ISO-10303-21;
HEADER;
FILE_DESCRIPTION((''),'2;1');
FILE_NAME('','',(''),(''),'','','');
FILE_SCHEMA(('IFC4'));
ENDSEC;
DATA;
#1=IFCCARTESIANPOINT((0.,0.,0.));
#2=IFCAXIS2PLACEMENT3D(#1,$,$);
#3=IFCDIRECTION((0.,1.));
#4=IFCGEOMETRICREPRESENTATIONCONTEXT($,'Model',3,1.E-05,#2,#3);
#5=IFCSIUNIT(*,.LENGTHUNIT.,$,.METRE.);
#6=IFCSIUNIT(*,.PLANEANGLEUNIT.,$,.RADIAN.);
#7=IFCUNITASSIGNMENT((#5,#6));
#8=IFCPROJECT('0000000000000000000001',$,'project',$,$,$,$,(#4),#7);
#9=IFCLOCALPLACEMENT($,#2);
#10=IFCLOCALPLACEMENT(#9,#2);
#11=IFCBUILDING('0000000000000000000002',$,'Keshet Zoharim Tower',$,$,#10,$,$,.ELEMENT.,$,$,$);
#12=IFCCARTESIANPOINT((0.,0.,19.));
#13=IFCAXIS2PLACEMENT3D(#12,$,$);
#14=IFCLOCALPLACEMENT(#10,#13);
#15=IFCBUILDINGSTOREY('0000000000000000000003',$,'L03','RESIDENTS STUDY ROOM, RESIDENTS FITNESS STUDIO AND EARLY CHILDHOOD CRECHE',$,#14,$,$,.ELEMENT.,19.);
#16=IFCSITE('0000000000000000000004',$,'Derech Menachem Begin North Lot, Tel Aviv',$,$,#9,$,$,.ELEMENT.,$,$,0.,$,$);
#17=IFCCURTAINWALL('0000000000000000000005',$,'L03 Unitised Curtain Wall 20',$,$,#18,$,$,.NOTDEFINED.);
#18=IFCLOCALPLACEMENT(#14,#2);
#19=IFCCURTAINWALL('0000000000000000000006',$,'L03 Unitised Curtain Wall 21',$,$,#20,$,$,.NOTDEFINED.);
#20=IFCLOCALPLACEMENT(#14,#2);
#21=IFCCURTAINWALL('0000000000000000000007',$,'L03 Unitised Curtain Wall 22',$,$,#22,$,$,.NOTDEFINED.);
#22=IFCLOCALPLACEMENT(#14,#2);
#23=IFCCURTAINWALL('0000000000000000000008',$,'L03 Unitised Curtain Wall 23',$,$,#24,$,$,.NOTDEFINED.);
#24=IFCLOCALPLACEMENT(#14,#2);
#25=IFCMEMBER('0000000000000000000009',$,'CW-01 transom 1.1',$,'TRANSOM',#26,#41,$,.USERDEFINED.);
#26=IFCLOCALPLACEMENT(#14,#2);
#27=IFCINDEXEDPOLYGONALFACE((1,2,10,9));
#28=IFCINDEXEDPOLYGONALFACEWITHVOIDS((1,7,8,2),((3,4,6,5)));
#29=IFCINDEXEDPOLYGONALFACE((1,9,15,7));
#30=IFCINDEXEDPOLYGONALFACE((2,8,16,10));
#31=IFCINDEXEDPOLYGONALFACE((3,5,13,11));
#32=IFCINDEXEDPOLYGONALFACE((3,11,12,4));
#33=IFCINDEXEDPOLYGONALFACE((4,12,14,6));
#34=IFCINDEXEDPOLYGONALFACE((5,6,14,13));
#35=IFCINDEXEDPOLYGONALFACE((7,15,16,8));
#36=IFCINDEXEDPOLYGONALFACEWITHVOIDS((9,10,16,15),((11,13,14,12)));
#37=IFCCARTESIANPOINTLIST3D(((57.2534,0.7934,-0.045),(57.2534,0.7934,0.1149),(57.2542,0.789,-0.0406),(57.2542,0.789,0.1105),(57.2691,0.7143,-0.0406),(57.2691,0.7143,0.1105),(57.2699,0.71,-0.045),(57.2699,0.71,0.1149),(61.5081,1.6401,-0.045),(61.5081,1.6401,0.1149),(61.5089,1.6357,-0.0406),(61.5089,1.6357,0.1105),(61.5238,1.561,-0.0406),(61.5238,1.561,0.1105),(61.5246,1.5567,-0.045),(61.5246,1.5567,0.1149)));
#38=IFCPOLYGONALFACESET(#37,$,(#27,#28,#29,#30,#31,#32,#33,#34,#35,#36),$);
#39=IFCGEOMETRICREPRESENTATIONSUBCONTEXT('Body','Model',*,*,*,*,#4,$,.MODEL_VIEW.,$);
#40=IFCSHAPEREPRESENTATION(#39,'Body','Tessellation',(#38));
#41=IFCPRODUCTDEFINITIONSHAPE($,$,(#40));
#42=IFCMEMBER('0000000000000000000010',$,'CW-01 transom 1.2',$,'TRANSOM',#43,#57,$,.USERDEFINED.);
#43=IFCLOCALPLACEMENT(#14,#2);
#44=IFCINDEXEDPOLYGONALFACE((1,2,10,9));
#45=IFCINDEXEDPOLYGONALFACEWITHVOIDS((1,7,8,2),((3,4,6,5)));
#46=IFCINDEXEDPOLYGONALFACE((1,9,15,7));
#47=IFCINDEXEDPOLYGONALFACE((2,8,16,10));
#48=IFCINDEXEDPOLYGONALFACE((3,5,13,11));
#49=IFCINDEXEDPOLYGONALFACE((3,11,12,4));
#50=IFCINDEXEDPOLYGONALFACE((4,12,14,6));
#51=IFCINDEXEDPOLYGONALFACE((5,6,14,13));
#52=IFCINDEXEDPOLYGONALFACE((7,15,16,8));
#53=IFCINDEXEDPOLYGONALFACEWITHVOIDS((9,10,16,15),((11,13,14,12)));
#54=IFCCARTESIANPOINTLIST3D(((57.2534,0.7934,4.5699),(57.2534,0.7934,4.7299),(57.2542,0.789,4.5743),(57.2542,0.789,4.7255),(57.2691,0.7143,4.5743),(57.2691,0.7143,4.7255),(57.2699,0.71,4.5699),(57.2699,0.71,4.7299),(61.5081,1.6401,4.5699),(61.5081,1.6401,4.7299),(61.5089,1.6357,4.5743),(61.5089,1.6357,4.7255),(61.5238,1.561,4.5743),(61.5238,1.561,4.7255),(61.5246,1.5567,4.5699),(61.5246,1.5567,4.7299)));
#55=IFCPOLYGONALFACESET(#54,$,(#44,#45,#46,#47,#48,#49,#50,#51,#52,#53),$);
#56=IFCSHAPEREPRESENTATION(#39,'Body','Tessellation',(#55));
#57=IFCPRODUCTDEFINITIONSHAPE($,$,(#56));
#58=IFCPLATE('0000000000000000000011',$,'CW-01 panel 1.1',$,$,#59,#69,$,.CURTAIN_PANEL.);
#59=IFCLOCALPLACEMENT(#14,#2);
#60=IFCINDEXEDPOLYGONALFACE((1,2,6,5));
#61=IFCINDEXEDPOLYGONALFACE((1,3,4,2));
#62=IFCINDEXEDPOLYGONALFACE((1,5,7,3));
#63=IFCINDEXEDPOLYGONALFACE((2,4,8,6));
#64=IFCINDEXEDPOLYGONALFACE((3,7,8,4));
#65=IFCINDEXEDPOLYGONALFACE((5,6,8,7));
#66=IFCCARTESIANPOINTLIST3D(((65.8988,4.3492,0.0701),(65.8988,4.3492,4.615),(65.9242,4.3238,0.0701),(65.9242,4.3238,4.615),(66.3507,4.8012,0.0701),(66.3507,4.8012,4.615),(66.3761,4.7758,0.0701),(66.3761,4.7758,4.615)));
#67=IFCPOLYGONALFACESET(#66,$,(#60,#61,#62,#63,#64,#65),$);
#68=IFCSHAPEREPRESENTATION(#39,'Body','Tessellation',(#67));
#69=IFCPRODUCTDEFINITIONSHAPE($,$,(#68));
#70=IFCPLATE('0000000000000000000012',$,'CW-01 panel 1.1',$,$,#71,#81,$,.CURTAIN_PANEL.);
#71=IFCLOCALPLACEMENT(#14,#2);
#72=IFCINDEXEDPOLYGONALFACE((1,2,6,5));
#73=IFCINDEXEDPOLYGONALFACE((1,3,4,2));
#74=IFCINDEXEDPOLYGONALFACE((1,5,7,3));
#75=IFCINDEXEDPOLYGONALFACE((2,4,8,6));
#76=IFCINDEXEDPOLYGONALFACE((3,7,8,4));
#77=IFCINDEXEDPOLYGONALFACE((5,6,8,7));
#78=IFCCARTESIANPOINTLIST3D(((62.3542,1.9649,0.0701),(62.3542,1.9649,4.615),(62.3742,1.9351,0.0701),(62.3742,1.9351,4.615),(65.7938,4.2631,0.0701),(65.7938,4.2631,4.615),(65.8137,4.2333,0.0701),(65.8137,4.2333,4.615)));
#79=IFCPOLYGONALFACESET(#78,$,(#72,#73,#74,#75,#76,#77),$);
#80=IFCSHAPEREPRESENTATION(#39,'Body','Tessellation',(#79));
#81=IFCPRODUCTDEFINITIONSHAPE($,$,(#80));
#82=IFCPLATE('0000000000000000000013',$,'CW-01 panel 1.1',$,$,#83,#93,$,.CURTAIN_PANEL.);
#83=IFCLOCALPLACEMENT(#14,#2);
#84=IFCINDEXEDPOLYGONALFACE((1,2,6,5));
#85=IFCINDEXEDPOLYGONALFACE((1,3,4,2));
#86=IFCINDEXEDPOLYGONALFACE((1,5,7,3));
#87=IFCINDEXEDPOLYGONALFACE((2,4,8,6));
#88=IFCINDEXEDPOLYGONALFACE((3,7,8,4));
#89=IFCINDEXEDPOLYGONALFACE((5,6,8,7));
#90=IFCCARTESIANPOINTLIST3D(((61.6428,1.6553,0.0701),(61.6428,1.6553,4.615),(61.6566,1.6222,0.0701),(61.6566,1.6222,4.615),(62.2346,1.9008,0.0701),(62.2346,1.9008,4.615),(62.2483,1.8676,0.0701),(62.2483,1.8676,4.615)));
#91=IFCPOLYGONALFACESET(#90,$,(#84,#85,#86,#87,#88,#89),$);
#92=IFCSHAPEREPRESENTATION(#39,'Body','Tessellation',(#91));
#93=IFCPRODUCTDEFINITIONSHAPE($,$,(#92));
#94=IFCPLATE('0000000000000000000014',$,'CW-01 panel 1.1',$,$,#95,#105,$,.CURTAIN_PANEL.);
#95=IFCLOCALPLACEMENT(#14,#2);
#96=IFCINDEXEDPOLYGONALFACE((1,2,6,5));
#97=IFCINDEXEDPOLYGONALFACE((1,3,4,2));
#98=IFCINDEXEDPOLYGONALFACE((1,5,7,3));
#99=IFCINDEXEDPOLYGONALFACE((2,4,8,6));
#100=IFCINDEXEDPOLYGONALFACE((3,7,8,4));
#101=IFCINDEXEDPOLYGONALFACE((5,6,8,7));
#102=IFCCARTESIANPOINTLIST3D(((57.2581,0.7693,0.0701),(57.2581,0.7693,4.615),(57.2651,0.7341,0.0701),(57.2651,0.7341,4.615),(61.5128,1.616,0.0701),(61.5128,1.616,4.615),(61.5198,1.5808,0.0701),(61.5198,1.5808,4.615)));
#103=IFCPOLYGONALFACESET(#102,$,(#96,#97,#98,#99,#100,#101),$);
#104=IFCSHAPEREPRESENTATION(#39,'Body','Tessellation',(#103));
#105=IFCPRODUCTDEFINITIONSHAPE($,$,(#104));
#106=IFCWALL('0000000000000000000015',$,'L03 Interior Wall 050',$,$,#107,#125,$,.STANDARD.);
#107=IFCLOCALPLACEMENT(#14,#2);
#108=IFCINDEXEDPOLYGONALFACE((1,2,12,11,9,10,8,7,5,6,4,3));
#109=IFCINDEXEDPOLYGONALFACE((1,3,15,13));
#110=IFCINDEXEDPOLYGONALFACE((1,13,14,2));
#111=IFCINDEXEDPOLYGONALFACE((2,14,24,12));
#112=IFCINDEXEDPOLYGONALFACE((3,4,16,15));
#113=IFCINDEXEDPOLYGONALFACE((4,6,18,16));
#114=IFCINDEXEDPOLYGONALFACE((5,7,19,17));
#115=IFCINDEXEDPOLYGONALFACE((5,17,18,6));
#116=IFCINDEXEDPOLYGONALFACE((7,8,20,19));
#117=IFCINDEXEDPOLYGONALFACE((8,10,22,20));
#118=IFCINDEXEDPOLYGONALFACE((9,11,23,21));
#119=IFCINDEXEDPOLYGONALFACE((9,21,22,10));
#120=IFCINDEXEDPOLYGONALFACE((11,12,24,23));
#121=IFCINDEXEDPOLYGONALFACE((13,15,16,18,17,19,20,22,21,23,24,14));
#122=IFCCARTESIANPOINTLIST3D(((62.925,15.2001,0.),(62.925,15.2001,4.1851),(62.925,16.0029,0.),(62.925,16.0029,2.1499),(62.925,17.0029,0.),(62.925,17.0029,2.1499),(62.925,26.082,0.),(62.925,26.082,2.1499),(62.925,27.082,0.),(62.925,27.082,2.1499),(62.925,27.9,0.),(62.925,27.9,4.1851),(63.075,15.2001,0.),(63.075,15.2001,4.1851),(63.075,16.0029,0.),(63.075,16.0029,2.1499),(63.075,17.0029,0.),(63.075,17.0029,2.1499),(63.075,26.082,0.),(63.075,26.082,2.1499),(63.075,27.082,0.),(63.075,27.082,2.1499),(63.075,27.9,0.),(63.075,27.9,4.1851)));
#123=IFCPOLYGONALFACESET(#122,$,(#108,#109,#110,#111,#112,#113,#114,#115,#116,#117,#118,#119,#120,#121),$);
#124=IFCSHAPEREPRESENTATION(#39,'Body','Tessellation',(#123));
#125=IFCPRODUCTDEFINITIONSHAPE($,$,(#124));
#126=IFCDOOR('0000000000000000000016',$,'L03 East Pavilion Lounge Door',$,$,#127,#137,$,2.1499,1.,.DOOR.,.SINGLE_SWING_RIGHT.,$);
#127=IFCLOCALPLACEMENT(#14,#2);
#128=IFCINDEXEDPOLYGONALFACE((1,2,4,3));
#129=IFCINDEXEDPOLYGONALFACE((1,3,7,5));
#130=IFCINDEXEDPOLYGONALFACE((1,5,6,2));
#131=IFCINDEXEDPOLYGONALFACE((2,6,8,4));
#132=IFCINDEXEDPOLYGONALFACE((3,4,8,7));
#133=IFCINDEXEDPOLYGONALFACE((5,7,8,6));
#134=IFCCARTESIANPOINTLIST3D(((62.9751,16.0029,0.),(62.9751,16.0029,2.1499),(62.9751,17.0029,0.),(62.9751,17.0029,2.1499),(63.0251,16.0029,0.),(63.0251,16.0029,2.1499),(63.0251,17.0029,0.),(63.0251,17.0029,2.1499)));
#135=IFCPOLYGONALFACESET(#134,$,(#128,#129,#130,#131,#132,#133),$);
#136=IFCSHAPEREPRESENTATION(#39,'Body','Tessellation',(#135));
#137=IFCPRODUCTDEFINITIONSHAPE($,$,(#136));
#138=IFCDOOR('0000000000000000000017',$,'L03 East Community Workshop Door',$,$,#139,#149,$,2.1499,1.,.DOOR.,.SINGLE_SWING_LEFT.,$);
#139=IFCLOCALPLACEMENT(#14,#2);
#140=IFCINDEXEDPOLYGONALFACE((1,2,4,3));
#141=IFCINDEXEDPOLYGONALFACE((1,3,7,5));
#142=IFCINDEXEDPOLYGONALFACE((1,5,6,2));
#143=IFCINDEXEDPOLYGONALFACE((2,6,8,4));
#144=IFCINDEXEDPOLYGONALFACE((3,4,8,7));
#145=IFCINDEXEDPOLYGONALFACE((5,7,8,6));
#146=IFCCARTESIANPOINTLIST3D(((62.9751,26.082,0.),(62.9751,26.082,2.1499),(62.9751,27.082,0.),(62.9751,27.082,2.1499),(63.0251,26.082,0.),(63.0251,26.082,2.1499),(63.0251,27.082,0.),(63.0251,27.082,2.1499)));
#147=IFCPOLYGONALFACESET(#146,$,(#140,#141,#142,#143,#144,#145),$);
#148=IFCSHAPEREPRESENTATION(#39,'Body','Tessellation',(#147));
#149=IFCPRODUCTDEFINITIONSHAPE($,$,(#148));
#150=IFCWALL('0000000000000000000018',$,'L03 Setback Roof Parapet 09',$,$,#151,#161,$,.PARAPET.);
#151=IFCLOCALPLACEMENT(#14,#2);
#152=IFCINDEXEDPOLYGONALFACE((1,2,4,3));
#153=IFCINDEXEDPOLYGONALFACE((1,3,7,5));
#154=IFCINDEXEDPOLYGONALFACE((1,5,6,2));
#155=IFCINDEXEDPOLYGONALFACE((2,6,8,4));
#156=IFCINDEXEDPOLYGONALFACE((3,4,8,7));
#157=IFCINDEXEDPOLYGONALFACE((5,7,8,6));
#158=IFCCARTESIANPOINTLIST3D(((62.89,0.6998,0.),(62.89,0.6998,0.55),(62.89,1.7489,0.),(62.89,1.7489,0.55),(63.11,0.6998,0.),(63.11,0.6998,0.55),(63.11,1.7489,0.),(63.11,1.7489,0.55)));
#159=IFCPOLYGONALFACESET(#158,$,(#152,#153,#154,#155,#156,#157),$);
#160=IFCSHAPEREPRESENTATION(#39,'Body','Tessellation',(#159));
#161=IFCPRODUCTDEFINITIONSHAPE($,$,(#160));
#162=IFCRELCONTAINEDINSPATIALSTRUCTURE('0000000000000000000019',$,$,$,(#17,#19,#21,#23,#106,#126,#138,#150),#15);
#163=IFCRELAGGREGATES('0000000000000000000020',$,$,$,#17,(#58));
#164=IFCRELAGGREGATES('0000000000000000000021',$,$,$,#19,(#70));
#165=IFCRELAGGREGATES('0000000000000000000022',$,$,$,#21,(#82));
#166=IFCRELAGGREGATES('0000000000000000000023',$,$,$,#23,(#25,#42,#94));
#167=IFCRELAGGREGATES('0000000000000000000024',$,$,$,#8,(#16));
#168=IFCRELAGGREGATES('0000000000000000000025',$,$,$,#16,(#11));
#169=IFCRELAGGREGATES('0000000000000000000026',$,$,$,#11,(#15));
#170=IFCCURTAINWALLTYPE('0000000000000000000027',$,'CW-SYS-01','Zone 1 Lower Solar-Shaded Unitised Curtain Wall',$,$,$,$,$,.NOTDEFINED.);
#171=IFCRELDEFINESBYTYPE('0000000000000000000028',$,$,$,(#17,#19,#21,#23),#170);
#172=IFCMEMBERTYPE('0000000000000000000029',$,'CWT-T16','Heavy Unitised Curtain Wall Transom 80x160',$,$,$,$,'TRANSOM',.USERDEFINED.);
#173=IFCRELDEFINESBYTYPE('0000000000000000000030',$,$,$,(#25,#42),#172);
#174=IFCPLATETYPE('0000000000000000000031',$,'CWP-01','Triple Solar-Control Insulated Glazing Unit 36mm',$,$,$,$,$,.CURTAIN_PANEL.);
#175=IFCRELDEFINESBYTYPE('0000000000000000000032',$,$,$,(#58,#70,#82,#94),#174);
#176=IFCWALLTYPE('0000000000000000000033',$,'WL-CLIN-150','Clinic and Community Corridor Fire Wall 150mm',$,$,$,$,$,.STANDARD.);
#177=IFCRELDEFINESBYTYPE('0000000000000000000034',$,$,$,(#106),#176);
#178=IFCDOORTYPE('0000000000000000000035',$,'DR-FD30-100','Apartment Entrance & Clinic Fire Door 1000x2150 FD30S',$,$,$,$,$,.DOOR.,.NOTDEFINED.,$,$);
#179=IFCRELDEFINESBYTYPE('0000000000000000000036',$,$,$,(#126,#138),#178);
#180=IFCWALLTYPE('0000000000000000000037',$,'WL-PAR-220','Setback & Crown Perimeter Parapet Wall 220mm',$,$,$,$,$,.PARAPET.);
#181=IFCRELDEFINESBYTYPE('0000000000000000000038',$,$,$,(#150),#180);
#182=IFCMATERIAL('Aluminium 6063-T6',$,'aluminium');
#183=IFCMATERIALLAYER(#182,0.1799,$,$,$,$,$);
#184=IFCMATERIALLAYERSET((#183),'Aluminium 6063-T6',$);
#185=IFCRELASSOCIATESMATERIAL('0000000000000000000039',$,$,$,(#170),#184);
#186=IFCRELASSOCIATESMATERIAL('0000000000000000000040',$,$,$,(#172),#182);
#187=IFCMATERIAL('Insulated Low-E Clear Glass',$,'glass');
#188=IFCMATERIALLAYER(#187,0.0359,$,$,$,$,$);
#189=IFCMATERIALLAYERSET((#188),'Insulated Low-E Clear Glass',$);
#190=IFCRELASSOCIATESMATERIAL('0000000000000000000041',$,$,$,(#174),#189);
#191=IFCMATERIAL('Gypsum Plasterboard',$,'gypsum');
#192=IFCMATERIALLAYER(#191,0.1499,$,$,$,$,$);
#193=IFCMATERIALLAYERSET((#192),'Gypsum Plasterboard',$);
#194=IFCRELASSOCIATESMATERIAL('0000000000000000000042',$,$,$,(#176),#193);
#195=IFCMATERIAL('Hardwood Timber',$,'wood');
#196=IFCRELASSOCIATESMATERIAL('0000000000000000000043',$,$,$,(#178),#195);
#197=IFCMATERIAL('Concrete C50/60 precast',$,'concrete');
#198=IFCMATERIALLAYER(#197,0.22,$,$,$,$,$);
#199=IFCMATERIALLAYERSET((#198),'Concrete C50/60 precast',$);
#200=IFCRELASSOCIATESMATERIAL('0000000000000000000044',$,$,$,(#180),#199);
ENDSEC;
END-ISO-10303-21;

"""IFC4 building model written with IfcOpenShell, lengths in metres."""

from ifc_helpers import new_model, si_unit, direction, frame, frame_2d, origin, origin_2d, place, context, subcontext, project, spatial, rectangle, hollow_rectangle, extrude, material, layer, layer_set, material_profile, profile_set, type_object, element, fill, aggregate, save


model = new_model("IFC4")

# Units and contexts
model_context = context("Model", 3, precision=1e-05, world=origin(), true_north=direction((0.0, 1.0)))
body_context = subcontext(model_context, "Body", "Model", "MODEL_VIEW")
ifc_project = project(units=[si_unit("LENGTHUNIT", "METRE"), si_unit("PLANEANGLEUNIT", "RADIAN")], contexts=[model_context])

# Site, building, storey
site_placement = place(None, origin())
site = spatial("IfcSite", under=ifc_project, at=site_placement, Name="Derech Menachem Begin North Lot, Tel Aviv", CompositionType="ELEMENT", RefElevation=0.0)
building_placement = place(site_placement, origin())
building = spatial("IfcBuilding", under=site, at=building_placement, Name="Keshet Zoharim Tower", CompositionType="ELEMENT")
storey_placement = place(building_placement, frame((0.0, 0.0, 19.0)))
storey = spatial("IfcBuildingStorey", under=building, at=storey_placement, Name="L03", Description="RESIDENTS STUDY ROOM, RESIDENTS FITNESS STUDIO AND EARLY CHILDHOOD CRECHE", CompositionType="ELEMENT", Elevation=19.0)

# Curtain wall
ifc_material_1 = material(Name="Aluminium 6063-T6", Category="aluminium")
ifc_layer_1 = layer(ifc_material_1, 0.1799)
ifc_layer_set_1 = layer_set([ifc_layer_1], Name="Aluminium 6063-T6")
curtain_wall_type = type_object("IfcCurtainWallType", Name="CW-SYS-01", Description="Zone 1 Lower Solar-Shaded Unitised Curtain Wall", PredefinedType="NOTDEFINED", material=ifc_layer_set_1)
curtain_wall_1_placement = place(storey_placement, origin())
curtain_wall_1 = element("IfcCurtainWall", 1, at=curtain_wall_1_placement, inside=storey, type_object=curtain_wall_type, Name="L03 Unitised Curtain Wall 20", PredefinedType="NOTDEFINED")

# Curtain walls
curtain_wall_2_placement = place(storey_placement, origin())
curtain_wall_2 = element("IfcCurtainWall", 2, at=curtain_wall_2_placement, inside=storey, type_object=curtain_wall_type, Name="L03 Unitised Curtain Wall 21", PredefinedType="NOTDEFINED")
curtain_wall_3_placement = place(storey_placement, origin())
curtain_wall_3 = element("IfcCurtainWall", 3, at=curtain_wall_3_placement, inside=storey, type_object=curtain_wall_type, Name="L03 Unitised Curtain Wall 22", PredefinedType="NOTDEFINED")

# Curtain wall
curtain_wall_4_placement = place(storey_placement, origin())
curtain_wall_4 = element("IfcCurtainWall", 4, at=curtain_wall_4_placement, inside=storey, type_object=curtain_wall_type, Name="L03 Unitised Curtain Wall 23", PredefinedType="NOTDEFINED")

# Members
ifc_material_profile_1 = material_profile(ifc_material_1, hollow_rectangle(XDim=0.085, YDim=0.1599, WallThickness=0.0044, at=origin_2d()), Name="TRN-85x160")
ifc_profile_set_1 = profile_set([ifc_material_profile_1], Name="Aluminium 6063-T6")
member_type_1 = type_object("IfcMemberType", Name="CWT-T16", Description="Heavy Unitised Curtain Wall Transom 80x160", ElementType="TRANSOM", PredefinedType="USERDEFINED", material=ifc_profile_set_1)
member_1_placement = place(storey_placement, frame((61.5164, 1.5984, 0.0349), z_axis=(-0.980769, -0.195174, 0.0), x_axis=(0.195174, -0.980769, 0.0)))
member_1 = element("IfcMember", 5, at=member_1_placement, type_object=member_type_1, Name="CW-01 transom 1.1", ObjectType="TRANSOM", PredefinedType="USERDEFINED", context=body_context, shape_type="SweptSolid", body=[
    extrude(hollow_rectangle(XDim=0.085, YDim=0.1599, WallThickness=0.0044, at=origin_2d()), origin(), (0.0, 0.0, 1.0), 4.3381),
])
member_2_placement = place(storey_placement, frame((61.5164, 1.5984, 4.6499), z_axis=(-0.980769, -0.195174, 0.0), x_axis=(0.195174, -0.980769, 0.0)))
member_2 = element("IfcMember", 6, at=member_2_placement, type_object=member_type_1, Name="CW-01 transom 1.2", ObjectType="TRANSOM", PredefinedType="USERDEFINED", context=body_context, shape_type="SweptSolid", body=[
    extrude(hollow_rectangle(XDim=0.085, YDim=0.1599, WallThickness=0.0044, at=origin_2d()), origin(), (0.0, 0.0, 1.0), 4.3381),
])

# Plates
ifc_material_2 = material(Name="Insulated Low-E Clear Glass", Category="glass")
ifc_layer_2 = layer(ifc_material_2, 0.0359)
ifc_layer_set_2 = layer_set([ifc_layer_2], Name="Insulated Low-E Clear Glass")
plate_type = type_object("IfcPlateType", Name="CWP-01", Description="Triple Solar-Control Insulated Glazing Unit 36mm", PredefinedType="CURTAIN_PANEL", material=ifc_layer_set_2)
plate_1_placement = place(storey_placement, frame((66.1375, 4.5625, 0.0701), z_axis=(0.0, 0.0, 1.0), x_axis=(-0.707107, -0.707107, 0.0)))
plate_1 = element("IfcPlate", 7, at=plate_1_placement, type_object=plate_type, Name="CW-01 panel 1.1", PredefinedType="CURTAIN_PANEL", context=body_context, shape_type="SweptSolid", body=[
    extrude(rectangle(XDim=0.6392, YDim=0.0359, at=origin_2d()), origin(), (0.0, 0.0, 1.0), 4.5449),
])
aggregate(curtain_wall_1, [plate_1])
plate_2_placement = place(storey_placement, frame((64.084, 3.0991, 0.0701), z_axis=(0.0, 0.0, 1.0), x_axis=(-0.831474, -0.555563, 0.0)))
plate_2 = element("IfcPlate", 8, at=plate_2_placement, type_object=plate_type, Name="CW-01 panel 1.1", PredefinedType="CURTAIN_PANEL", context=body_context, shape_type="SweptSolid", body=[
    extrude(rectangle(XDim=4.1367, YDim=0.0359, at=origin_2d()), origin(), (0.0, 0.0, 1.0), 4.5449),
])
aggregate(curtain_wall_2, [plate_2])
plate_3_placement = place(storey_placement, frame((61.9456, 1.7615, 0.0701), z_axis=(0.0, 0.0, 1.0), x_axis=(-0.92372, -0.383068, 0.0)))
plate_3 = element("IfcPlate", 9, at=plate_3_placement, type_object=plate_type, Name="CW-01 panel 1.1", PredefinedType="CURTAIN_PANEL", context=body_context, shape_type="SweptSolid", body=[
    extrude(rectangle(XDim=0.6406, YDim=0.0359, at=origin_2d()), origin(), (0.0, 0.0, 1.0), 4.5449),
])
aggregate(curtain_wall_3, [plate_3])
plate_4_placement = place(storey_placement, frame((59.3889, 1.175, 0.0701), z_axis=(0.0, 0.0, 1.0), x_axis=(-0.980769, -0.195171, 0.0)))
plate_4 = element("IfcPlate", 10, at=plate_4_placement, type_object=plate_type, Name="CW-01 panel 1.1", PredefinedType="CURTAIN_PANEL", context=body_context, shape_type="SweptSolid", body=[
    extrude(rectangle(XDim=4.3381, YDim=0.0359, at=origin_2d()), origin(), (0.0, 0.0, 1.0), 4.5449),
])
aggregate(curtain_wall_4, [member_1, member_2, plate_4])

# Wall, openings, doors
ifc_material_3 = material(Name="Gypsum Plasterboard", Category="gypsum")
ifc_layer_3 = layer(ifc_material_3, 0.1499)
ifc_layer_set_3 = layer_set([ifc_layer_3], Name="Gypsum Plasterboard")
wall_type_1 = type_object("IfcWallType", Name="WL-CLIN-150", Description="Clinic and Community Corridor Fire Wall 150mm", PredefinedType="STANDARD", material=ifc_layer_set_3)
wall_1_placement = place(storey_placement, frame((63.0, 15.2, 0.0), z_axis=(0.0, 0.0, 1.0), x_axis=(0.0, 1.0, 0.0)))
wall_1 = element("IfcWall", 11, at=wall_1_placement, inside=storey, type_object=wall_type_1, Name="L03 Interior Wall 050", PredefinedType="STANDARD", context=body_context, shape_type="SweptSolid", body=[
    extrude(rectangle(XDim=12.7, YDim=0.1499, at=frame_2d((6.3501, 0.0))), origin(), (0.0, 0.0, 1.0), 4.1851),
])
opening_1_placement = place(wall_1_placement, frame((0.803, 0.0, 0.0)))
opening_1 = element("IfcOpeningElement", 12, at=opening_1_placement, cuts=wall_1, PredefinedType="OPENING", context=body_context, shape_type="SweptSolid", body=[
    extrude(rectangle(XDim=1.0, YDim=2.1499, at=frame_2d((0.5, 1.075))), frame((0.0, 0.085, 0.0), z_axis=(0.0, -1.0, 0.0), x_axis=(1.0, 0.0, 0.0)), (0.0, 0.0, 1.0), 0.1699),
])
opening_2_placement = place(wall_1_placement, frame((10.8821, 0.0, 0.0)))
opening_2 = element("IfcOpeningElement", 13, at=opening_2_placement, cuts=wall_1, PredefinedType="OPENING", context=body_context, shape_type="SweptSolid", body=[
    extrude(rectangle(XDim=1.0, YDim=2.1499, at=frame_2d((0.5, 1.075))), frame((0.0, 0.085, 0.0), z_axis=(0.0, -1.0, 0.0), x_axis=(1.0, 0.0, 0.0)), (0.0, 0.0, 1.0), 0.1699),
])
ifc_material_4 = material(Name="Hardwood Timber", Category="wood")
door_type = type_object("IfcDoorType", Name="DR-FD30-100", Description="Apartment Entrance & Clinic Fire Door 1000x2150 FD30S", OperationType="NOTDEFINED", PredefinedType="DOOR", material=ifc_material_4)
door_1_placement = place(opening_1_placement, origin())
door_1 = element("IfcDoor", 14, at=door_1_placement, inside=storey, type_object=door_type, Name="L03 East Pavilion Lounge Door", OperationType="SINGLE_SWING_RIGHT", OverallHeight=2.1499, OverallWidth=1.0, PredefinedType="DOOR", context=body_context, shape_type="SweptSolid", body=[
    extrude(rectangle(XDim=1.0, YDim=2.1499, at=frame_2d((0.5, 1.075))), frame((0.0, 0.0249, 0.0), z_axis=(0.0, -1.0, 0.0), x_axis=(1.0, 0.0, 0.0)), (0.0, 0.0, 1.0), 0.05),
])
fill(opening_1, door_1)
door_2_placement = place(opening_2_placement, origin())
door_2 = element("IfcDoor", 15, at=door_2_placement, inside=storey, type_object=door_type, Name="L03 East Community Workshop Door", OperationType="SINGLE_SWING_LEFT", OverallHeight=2.1499, OverallWidth=1.0, PredefinedType="DOOR", context=body_context, shape_type="SweptSolid", body=[
    extrude(rectangle(XDim=1.0, YDim=2.1499, at=frame_2d((0.5, 1.075))), frame((0.0, 0.0249, 0.0), z_axis=(0.0, -1.0, 0.0), x_axis=(1.0, 0.0, 0.0)), (0.0, 0.0, 1.0), 0.05),
])
fill(opening_2, door_2)

# Wall
ifc_material_5 = material(Name="Concrete C50/60 precast", Category="concrete")
ifc_layer_4 = layer(ifc_material_5, 0.22)
ifc_layer_set_4 = layer_set([ifc_layer_4], Name="Concrete C50/60 precast")
wall_type_2 = type_object("IfcWallType", Name="WL-PAR-220", Description="Setback & Crown Perimeter Parapet Wall 220mm", PredefinedType="PARAPET", material=ifc_layer_set_4)
wall_2_placement = place(storey_placement, frame((63.0, 0.7, 0.0), z_axis=(0.0, 0.0, 1.0), x_axis=(0.0, 1.0, 0.0)))
element("IfcWall", 16, at=wall_2_placement, inside=storey, type_object=wall_type_2, Name="L03 Setback Roof Parapet 09", PredefinedType="PARAPET", context=body_context, shape_type="SweptSolid", body=[
    extrude(rectangle(XDim=1.0491, YDim=0.22, at=frame_2d((0.5244, 0.0))), origin(), (0.0, 0.0, 1.0), 0.55),
])

save(model, "model.ifc")
